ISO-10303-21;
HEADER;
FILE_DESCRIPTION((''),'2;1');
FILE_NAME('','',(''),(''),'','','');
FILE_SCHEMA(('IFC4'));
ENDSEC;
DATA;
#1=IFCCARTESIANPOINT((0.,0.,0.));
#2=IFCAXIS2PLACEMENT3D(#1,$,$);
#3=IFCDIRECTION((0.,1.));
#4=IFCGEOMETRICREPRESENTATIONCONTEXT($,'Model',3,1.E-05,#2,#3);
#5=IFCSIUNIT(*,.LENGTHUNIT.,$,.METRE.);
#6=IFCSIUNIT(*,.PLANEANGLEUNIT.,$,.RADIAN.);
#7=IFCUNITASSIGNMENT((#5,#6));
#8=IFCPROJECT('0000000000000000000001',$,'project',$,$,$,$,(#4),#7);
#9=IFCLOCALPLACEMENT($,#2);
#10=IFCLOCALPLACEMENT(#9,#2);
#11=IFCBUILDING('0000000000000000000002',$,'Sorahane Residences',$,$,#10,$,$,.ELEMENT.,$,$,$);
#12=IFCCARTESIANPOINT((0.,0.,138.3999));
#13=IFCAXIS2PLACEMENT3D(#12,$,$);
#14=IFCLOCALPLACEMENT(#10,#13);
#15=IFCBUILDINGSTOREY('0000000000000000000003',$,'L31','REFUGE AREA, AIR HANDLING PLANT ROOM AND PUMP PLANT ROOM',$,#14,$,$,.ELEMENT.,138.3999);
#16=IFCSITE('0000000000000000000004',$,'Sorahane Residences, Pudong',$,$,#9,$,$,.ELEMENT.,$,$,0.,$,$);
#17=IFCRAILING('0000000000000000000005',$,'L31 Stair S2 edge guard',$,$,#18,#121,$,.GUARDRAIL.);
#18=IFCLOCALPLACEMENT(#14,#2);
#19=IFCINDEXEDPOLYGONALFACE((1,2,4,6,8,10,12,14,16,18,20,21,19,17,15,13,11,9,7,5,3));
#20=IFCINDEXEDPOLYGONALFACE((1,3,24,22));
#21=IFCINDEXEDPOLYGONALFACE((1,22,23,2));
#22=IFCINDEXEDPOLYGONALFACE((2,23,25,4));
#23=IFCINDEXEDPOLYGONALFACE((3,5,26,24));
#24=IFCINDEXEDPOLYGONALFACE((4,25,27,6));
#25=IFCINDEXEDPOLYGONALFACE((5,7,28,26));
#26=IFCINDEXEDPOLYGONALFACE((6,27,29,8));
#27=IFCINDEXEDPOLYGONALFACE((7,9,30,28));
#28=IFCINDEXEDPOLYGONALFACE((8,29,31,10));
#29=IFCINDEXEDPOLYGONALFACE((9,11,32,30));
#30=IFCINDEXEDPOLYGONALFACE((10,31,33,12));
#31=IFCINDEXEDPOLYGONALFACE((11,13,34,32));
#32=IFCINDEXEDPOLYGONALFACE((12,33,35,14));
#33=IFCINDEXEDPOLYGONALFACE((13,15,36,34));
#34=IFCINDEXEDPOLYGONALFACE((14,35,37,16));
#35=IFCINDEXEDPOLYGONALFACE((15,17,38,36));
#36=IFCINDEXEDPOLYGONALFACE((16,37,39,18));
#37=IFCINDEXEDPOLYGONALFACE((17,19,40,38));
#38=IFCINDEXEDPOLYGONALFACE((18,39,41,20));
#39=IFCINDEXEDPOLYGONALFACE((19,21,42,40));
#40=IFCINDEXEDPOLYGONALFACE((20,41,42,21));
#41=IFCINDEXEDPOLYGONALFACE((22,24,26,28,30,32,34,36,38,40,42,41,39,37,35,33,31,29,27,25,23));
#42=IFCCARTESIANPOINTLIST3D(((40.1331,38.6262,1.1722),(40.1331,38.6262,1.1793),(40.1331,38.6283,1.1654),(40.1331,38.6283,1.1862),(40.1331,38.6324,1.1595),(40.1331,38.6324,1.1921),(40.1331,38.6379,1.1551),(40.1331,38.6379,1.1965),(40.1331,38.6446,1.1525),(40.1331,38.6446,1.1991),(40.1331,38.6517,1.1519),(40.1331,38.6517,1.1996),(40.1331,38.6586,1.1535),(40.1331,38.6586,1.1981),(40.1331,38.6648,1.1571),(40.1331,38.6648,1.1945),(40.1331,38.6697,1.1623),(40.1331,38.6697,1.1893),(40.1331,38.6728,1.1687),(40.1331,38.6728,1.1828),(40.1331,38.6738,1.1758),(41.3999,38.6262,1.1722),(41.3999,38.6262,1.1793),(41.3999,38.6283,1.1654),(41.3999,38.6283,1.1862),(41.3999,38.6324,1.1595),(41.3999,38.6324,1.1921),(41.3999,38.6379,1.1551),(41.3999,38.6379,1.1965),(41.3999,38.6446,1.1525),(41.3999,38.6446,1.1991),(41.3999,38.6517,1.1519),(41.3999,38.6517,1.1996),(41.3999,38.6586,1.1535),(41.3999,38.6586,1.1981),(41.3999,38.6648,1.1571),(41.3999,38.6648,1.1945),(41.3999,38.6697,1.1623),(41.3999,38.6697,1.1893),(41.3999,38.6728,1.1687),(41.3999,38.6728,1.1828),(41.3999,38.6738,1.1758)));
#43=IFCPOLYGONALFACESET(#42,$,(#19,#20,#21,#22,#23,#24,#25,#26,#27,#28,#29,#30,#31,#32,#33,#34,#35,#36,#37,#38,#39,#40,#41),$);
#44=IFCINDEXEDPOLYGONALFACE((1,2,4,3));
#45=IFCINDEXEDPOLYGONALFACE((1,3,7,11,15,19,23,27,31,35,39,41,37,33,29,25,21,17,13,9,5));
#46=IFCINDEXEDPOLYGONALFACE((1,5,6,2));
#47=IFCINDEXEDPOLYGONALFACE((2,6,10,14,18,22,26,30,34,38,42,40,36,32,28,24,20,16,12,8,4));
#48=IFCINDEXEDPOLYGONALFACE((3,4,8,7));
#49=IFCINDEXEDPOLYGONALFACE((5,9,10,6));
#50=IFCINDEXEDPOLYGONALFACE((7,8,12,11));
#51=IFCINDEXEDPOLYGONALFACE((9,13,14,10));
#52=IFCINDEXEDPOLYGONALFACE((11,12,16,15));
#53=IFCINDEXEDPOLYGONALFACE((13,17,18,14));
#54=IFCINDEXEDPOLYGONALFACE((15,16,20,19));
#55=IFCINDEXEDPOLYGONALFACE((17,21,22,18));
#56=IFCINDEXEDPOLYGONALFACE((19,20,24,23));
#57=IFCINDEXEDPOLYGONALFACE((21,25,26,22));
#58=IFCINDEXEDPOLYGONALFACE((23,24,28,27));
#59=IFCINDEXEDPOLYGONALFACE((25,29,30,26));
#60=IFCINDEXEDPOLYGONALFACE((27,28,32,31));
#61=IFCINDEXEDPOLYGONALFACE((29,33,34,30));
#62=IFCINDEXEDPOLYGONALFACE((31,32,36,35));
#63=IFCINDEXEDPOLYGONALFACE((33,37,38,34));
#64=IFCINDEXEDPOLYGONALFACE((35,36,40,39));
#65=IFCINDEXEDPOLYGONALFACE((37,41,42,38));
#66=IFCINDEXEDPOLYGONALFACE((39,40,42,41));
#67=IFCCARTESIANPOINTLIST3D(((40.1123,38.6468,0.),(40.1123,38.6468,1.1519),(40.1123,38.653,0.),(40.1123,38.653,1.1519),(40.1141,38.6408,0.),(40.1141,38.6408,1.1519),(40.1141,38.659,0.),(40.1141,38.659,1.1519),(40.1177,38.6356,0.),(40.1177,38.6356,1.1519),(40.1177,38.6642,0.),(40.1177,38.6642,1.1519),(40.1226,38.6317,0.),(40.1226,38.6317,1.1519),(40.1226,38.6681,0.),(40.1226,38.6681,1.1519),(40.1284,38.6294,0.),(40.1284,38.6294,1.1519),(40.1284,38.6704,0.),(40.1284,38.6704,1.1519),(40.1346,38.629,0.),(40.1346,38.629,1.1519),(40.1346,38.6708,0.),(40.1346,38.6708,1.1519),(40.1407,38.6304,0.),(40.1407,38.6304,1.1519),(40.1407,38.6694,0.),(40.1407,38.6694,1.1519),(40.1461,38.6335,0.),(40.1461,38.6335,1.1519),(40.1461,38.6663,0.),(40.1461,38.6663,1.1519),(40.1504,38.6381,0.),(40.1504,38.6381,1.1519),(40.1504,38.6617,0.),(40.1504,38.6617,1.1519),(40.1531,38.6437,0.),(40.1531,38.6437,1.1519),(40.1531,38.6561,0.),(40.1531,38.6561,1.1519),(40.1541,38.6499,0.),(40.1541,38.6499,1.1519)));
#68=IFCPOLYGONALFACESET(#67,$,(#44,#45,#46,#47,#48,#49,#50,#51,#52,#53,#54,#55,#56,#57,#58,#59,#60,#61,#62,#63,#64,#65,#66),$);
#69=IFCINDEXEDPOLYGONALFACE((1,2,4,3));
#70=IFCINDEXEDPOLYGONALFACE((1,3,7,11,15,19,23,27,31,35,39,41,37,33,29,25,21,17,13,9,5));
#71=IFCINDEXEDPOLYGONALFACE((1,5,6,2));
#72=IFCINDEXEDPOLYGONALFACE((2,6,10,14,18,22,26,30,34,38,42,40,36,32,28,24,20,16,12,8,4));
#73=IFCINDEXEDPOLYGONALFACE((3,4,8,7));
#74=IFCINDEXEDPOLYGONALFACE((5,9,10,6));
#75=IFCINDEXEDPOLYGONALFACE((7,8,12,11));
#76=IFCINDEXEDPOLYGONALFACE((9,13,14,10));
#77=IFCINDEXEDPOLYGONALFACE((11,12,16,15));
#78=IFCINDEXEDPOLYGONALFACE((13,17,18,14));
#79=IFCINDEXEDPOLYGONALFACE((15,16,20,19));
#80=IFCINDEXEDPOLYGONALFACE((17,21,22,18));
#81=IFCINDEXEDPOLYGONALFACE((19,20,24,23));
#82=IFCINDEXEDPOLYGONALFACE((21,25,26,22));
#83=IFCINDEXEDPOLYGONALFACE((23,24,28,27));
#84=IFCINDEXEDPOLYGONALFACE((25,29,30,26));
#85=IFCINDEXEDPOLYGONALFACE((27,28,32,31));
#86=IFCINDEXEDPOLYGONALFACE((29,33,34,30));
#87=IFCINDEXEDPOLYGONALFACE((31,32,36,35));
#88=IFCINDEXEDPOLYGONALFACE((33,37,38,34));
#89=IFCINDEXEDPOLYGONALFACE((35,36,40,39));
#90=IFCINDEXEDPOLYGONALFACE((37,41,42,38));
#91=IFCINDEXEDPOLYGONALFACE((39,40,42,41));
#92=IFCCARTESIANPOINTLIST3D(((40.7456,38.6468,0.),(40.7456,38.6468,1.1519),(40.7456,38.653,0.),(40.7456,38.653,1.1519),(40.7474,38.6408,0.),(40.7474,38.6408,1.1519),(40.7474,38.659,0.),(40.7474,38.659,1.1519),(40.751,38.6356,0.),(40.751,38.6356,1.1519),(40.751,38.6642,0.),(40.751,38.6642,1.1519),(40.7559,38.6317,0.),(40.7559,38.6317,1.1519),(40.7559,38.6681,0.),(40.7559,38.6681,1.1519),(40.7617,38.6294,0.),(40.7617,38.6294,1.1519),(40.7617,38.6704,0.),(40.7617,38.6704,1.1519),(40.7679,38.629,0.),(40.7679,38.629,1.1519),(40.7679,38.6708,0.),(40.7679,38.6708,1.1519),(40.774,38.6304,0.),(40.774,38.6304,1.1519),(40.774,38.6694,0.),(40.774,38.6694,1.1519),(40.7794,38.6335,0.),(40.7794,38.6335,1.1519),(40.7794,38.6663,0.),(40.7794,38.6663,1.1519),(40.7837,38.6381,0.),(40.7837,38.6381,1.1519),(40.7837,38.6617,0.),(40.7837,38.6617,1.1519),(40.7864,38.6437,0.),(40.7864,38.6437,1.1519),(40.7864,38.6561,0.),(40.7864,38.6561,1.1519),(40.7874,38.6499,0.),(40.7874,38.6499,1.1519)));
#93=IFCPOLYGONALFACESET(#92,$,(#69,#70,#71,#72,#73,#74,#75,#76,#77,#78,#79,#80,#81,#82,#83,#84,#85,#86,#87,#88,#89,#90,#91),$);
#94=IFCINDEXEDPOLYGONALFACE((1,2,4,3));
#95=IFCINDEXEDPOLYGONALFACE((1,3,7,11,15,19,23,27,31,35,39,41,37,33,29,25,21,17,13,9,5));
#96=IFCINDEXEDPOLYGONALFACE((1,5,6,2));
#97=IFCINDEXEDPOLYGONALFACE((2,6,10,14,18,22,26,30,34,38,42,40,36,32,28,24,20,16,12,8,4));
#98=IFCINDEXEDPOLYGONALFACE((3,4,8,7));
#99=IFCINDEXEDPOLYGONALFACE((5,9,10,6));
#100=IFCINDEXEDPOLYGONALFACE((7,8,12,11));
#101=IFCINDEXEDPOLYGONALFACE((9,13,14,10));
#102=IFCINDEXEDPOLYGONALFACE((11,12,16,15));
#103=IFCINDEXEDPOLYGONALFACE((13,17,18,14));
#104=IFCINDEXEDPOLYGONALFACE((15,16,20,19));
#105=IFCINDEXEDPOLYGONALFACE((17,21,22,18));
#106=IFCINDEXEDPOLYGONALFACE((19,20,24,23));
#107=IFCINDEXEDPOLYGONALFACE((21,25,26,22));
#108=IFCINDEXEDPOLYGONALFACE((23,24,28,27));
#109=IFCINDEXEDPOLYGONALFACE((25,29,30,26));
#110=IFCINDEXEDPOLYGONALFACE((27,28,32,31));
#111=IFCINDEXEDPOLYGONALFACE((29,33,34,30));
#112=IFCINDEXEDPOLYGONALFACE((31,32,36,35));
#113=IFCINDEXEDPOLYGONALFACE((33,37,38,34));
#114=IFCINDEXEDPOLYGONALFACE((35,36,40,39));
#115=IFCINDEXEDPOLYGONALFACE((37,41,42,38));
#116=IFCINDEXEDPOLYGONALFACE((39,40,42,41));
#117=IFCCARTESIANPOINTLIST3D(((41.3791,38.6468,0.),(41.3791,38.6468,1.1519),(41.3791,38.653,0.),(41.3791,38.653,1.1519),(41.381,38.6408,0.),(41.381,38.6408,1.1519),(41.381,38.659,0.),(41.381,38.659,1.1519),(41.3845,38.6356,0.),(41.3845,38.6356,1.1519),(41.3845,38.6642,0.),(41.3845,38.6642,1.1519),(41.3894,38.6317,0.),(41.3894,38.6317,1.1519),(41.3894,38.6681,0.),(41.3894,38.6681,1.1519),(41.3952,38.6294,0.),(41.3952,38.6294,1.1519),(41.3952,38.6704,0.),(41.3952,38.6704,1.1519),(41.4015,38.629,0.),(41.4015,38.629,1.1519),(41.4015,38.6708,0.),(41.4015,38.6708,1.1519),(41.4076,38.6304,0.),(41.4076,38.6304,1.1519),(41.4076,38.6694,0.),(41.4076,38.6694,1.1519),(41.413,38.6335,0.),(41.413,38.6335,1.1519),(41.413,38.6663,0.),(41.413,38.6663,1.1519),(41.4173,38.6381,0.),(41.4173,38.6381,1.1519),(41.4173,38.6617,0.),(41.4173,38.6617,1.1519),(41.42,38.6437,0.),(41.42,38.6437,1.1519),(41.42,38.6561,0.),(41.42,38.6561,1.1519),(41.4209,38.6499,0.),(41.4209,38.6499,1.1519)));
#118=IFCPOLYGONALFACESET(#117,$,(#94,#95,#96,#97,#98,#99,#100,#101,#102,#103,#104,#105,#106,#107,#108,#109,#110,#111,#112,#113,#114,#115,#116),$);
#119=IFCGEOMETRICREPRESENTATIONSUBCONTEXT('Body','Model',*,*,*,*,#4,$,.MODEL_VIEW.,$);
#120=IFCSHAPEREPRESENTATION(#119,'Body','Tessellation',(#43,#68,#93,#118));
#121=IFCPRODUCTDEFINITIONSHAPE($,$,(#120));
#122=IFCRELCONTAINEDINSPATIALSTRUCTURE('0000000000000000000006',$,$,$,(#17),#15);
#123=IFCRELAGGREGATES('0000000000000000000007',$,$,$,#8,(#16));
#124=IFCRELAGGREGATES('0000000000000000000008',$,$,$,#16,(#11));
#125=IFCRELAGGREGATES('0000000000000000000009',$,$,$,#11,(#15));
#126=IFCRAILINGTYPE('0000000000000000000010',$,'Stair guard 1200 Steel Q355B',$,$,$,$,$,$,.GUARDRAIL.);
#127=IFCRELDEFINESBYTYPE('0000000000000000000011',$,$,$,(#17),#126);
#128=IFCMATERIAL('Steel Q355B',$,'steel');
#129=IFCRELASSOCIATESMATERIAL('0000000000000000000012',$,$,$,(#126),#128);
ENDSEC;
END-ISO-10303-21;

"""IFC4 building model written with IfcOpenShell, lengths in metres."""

from ifc_helpers import new_model, si_unit, direction, frame, origin, origin_2d, place, context, subcontext, project, spatial, circle, extrude, material, type_object, element, save


model = new_model("IFC4")

# Units and contexts
model_context = context("Model", 3, precision=1e-05, world=origin(), true_north=direction((0.0, 1.0)))
body_context = subcontext(model_context, "Body", "Model", "MODEL_VIEW")
ifc_project = project(units=[si_unit("LENGTHUNIT", "METRE"), si_unit("PLANEANGLEUNIT", "RADIAN")], contexts=[model_context])

# Site, building, storey
site_placement = place(None, origin())
site = spatial("IfcSite", under=ifc_project, at=site_placement, Name="Sorahane Residences, Pudong", CompositionType="ELEMENT", RefElevation=0.0)
building_placement = place(site_placement, origin())
building = spatial("IfcBuilding", under=site, at=building_placement, Name="Sorahane Residences", CompositionType="ELEMENT")
storey_placement = place(building_placement, frame((0.0, 0.0, 138.3999)))
storey = spatial("IfcBuildingStorey", under=building, at=storey_placement, Name="L31", Description="REFUGE AREA, AIR HANDLING PLANT ROOM AND PUMP PLANT ROOM", CompositionType="ELEMENT", Elevation=138.3999)

# Railing
ifc_material_1 = material(Name="Steel Q355B", Category="steel")
railing_type_1 = type_object("IfcRailingType", Name="Stair guard 1200 Steel Q355B", PredefinedType="GUARDRAIL", material=ifc_material_1)
railing_1_placement = place(storey_placement, frame((40.1331, 38.6499, 0.0)))
element("IfcRailing", 1, at=railing_1_placement, inside=storey, type_object=railing_type_1, Name="L31 Stair S2 edge guard", PredefinedType="GUARDRAIL", context=body_context, shape_type="SweptSolid", body=[
    extrude(circle(Radius=0.0239, at=origin_2d()), frame((0.0, 0.0, 1.1758), z_axis=(1.0, 0.0, 0.0), x_axis=(0.0, 1.0, 0.0)), (0.0, 0.0, 1.0), 1.2668),
    extrude(circle(Radius=0.021, at=origin_2d()), origin(), (0.0, 0.0, 1.0), 1.1519),
    extrude(circle(Radius=0.021, at=origin_2d()), frame((0.6333, 0.0, 0.0)), (0.0, 0.0, 1.0), 1.1519),
    extrude(circle(Radius=0.021, at=origin_2d()), frame((1.2668, 0.0, 0.0)), (0.0, 0.0, 1.0), 1.1519),
])

save(model, "model.ifc")
